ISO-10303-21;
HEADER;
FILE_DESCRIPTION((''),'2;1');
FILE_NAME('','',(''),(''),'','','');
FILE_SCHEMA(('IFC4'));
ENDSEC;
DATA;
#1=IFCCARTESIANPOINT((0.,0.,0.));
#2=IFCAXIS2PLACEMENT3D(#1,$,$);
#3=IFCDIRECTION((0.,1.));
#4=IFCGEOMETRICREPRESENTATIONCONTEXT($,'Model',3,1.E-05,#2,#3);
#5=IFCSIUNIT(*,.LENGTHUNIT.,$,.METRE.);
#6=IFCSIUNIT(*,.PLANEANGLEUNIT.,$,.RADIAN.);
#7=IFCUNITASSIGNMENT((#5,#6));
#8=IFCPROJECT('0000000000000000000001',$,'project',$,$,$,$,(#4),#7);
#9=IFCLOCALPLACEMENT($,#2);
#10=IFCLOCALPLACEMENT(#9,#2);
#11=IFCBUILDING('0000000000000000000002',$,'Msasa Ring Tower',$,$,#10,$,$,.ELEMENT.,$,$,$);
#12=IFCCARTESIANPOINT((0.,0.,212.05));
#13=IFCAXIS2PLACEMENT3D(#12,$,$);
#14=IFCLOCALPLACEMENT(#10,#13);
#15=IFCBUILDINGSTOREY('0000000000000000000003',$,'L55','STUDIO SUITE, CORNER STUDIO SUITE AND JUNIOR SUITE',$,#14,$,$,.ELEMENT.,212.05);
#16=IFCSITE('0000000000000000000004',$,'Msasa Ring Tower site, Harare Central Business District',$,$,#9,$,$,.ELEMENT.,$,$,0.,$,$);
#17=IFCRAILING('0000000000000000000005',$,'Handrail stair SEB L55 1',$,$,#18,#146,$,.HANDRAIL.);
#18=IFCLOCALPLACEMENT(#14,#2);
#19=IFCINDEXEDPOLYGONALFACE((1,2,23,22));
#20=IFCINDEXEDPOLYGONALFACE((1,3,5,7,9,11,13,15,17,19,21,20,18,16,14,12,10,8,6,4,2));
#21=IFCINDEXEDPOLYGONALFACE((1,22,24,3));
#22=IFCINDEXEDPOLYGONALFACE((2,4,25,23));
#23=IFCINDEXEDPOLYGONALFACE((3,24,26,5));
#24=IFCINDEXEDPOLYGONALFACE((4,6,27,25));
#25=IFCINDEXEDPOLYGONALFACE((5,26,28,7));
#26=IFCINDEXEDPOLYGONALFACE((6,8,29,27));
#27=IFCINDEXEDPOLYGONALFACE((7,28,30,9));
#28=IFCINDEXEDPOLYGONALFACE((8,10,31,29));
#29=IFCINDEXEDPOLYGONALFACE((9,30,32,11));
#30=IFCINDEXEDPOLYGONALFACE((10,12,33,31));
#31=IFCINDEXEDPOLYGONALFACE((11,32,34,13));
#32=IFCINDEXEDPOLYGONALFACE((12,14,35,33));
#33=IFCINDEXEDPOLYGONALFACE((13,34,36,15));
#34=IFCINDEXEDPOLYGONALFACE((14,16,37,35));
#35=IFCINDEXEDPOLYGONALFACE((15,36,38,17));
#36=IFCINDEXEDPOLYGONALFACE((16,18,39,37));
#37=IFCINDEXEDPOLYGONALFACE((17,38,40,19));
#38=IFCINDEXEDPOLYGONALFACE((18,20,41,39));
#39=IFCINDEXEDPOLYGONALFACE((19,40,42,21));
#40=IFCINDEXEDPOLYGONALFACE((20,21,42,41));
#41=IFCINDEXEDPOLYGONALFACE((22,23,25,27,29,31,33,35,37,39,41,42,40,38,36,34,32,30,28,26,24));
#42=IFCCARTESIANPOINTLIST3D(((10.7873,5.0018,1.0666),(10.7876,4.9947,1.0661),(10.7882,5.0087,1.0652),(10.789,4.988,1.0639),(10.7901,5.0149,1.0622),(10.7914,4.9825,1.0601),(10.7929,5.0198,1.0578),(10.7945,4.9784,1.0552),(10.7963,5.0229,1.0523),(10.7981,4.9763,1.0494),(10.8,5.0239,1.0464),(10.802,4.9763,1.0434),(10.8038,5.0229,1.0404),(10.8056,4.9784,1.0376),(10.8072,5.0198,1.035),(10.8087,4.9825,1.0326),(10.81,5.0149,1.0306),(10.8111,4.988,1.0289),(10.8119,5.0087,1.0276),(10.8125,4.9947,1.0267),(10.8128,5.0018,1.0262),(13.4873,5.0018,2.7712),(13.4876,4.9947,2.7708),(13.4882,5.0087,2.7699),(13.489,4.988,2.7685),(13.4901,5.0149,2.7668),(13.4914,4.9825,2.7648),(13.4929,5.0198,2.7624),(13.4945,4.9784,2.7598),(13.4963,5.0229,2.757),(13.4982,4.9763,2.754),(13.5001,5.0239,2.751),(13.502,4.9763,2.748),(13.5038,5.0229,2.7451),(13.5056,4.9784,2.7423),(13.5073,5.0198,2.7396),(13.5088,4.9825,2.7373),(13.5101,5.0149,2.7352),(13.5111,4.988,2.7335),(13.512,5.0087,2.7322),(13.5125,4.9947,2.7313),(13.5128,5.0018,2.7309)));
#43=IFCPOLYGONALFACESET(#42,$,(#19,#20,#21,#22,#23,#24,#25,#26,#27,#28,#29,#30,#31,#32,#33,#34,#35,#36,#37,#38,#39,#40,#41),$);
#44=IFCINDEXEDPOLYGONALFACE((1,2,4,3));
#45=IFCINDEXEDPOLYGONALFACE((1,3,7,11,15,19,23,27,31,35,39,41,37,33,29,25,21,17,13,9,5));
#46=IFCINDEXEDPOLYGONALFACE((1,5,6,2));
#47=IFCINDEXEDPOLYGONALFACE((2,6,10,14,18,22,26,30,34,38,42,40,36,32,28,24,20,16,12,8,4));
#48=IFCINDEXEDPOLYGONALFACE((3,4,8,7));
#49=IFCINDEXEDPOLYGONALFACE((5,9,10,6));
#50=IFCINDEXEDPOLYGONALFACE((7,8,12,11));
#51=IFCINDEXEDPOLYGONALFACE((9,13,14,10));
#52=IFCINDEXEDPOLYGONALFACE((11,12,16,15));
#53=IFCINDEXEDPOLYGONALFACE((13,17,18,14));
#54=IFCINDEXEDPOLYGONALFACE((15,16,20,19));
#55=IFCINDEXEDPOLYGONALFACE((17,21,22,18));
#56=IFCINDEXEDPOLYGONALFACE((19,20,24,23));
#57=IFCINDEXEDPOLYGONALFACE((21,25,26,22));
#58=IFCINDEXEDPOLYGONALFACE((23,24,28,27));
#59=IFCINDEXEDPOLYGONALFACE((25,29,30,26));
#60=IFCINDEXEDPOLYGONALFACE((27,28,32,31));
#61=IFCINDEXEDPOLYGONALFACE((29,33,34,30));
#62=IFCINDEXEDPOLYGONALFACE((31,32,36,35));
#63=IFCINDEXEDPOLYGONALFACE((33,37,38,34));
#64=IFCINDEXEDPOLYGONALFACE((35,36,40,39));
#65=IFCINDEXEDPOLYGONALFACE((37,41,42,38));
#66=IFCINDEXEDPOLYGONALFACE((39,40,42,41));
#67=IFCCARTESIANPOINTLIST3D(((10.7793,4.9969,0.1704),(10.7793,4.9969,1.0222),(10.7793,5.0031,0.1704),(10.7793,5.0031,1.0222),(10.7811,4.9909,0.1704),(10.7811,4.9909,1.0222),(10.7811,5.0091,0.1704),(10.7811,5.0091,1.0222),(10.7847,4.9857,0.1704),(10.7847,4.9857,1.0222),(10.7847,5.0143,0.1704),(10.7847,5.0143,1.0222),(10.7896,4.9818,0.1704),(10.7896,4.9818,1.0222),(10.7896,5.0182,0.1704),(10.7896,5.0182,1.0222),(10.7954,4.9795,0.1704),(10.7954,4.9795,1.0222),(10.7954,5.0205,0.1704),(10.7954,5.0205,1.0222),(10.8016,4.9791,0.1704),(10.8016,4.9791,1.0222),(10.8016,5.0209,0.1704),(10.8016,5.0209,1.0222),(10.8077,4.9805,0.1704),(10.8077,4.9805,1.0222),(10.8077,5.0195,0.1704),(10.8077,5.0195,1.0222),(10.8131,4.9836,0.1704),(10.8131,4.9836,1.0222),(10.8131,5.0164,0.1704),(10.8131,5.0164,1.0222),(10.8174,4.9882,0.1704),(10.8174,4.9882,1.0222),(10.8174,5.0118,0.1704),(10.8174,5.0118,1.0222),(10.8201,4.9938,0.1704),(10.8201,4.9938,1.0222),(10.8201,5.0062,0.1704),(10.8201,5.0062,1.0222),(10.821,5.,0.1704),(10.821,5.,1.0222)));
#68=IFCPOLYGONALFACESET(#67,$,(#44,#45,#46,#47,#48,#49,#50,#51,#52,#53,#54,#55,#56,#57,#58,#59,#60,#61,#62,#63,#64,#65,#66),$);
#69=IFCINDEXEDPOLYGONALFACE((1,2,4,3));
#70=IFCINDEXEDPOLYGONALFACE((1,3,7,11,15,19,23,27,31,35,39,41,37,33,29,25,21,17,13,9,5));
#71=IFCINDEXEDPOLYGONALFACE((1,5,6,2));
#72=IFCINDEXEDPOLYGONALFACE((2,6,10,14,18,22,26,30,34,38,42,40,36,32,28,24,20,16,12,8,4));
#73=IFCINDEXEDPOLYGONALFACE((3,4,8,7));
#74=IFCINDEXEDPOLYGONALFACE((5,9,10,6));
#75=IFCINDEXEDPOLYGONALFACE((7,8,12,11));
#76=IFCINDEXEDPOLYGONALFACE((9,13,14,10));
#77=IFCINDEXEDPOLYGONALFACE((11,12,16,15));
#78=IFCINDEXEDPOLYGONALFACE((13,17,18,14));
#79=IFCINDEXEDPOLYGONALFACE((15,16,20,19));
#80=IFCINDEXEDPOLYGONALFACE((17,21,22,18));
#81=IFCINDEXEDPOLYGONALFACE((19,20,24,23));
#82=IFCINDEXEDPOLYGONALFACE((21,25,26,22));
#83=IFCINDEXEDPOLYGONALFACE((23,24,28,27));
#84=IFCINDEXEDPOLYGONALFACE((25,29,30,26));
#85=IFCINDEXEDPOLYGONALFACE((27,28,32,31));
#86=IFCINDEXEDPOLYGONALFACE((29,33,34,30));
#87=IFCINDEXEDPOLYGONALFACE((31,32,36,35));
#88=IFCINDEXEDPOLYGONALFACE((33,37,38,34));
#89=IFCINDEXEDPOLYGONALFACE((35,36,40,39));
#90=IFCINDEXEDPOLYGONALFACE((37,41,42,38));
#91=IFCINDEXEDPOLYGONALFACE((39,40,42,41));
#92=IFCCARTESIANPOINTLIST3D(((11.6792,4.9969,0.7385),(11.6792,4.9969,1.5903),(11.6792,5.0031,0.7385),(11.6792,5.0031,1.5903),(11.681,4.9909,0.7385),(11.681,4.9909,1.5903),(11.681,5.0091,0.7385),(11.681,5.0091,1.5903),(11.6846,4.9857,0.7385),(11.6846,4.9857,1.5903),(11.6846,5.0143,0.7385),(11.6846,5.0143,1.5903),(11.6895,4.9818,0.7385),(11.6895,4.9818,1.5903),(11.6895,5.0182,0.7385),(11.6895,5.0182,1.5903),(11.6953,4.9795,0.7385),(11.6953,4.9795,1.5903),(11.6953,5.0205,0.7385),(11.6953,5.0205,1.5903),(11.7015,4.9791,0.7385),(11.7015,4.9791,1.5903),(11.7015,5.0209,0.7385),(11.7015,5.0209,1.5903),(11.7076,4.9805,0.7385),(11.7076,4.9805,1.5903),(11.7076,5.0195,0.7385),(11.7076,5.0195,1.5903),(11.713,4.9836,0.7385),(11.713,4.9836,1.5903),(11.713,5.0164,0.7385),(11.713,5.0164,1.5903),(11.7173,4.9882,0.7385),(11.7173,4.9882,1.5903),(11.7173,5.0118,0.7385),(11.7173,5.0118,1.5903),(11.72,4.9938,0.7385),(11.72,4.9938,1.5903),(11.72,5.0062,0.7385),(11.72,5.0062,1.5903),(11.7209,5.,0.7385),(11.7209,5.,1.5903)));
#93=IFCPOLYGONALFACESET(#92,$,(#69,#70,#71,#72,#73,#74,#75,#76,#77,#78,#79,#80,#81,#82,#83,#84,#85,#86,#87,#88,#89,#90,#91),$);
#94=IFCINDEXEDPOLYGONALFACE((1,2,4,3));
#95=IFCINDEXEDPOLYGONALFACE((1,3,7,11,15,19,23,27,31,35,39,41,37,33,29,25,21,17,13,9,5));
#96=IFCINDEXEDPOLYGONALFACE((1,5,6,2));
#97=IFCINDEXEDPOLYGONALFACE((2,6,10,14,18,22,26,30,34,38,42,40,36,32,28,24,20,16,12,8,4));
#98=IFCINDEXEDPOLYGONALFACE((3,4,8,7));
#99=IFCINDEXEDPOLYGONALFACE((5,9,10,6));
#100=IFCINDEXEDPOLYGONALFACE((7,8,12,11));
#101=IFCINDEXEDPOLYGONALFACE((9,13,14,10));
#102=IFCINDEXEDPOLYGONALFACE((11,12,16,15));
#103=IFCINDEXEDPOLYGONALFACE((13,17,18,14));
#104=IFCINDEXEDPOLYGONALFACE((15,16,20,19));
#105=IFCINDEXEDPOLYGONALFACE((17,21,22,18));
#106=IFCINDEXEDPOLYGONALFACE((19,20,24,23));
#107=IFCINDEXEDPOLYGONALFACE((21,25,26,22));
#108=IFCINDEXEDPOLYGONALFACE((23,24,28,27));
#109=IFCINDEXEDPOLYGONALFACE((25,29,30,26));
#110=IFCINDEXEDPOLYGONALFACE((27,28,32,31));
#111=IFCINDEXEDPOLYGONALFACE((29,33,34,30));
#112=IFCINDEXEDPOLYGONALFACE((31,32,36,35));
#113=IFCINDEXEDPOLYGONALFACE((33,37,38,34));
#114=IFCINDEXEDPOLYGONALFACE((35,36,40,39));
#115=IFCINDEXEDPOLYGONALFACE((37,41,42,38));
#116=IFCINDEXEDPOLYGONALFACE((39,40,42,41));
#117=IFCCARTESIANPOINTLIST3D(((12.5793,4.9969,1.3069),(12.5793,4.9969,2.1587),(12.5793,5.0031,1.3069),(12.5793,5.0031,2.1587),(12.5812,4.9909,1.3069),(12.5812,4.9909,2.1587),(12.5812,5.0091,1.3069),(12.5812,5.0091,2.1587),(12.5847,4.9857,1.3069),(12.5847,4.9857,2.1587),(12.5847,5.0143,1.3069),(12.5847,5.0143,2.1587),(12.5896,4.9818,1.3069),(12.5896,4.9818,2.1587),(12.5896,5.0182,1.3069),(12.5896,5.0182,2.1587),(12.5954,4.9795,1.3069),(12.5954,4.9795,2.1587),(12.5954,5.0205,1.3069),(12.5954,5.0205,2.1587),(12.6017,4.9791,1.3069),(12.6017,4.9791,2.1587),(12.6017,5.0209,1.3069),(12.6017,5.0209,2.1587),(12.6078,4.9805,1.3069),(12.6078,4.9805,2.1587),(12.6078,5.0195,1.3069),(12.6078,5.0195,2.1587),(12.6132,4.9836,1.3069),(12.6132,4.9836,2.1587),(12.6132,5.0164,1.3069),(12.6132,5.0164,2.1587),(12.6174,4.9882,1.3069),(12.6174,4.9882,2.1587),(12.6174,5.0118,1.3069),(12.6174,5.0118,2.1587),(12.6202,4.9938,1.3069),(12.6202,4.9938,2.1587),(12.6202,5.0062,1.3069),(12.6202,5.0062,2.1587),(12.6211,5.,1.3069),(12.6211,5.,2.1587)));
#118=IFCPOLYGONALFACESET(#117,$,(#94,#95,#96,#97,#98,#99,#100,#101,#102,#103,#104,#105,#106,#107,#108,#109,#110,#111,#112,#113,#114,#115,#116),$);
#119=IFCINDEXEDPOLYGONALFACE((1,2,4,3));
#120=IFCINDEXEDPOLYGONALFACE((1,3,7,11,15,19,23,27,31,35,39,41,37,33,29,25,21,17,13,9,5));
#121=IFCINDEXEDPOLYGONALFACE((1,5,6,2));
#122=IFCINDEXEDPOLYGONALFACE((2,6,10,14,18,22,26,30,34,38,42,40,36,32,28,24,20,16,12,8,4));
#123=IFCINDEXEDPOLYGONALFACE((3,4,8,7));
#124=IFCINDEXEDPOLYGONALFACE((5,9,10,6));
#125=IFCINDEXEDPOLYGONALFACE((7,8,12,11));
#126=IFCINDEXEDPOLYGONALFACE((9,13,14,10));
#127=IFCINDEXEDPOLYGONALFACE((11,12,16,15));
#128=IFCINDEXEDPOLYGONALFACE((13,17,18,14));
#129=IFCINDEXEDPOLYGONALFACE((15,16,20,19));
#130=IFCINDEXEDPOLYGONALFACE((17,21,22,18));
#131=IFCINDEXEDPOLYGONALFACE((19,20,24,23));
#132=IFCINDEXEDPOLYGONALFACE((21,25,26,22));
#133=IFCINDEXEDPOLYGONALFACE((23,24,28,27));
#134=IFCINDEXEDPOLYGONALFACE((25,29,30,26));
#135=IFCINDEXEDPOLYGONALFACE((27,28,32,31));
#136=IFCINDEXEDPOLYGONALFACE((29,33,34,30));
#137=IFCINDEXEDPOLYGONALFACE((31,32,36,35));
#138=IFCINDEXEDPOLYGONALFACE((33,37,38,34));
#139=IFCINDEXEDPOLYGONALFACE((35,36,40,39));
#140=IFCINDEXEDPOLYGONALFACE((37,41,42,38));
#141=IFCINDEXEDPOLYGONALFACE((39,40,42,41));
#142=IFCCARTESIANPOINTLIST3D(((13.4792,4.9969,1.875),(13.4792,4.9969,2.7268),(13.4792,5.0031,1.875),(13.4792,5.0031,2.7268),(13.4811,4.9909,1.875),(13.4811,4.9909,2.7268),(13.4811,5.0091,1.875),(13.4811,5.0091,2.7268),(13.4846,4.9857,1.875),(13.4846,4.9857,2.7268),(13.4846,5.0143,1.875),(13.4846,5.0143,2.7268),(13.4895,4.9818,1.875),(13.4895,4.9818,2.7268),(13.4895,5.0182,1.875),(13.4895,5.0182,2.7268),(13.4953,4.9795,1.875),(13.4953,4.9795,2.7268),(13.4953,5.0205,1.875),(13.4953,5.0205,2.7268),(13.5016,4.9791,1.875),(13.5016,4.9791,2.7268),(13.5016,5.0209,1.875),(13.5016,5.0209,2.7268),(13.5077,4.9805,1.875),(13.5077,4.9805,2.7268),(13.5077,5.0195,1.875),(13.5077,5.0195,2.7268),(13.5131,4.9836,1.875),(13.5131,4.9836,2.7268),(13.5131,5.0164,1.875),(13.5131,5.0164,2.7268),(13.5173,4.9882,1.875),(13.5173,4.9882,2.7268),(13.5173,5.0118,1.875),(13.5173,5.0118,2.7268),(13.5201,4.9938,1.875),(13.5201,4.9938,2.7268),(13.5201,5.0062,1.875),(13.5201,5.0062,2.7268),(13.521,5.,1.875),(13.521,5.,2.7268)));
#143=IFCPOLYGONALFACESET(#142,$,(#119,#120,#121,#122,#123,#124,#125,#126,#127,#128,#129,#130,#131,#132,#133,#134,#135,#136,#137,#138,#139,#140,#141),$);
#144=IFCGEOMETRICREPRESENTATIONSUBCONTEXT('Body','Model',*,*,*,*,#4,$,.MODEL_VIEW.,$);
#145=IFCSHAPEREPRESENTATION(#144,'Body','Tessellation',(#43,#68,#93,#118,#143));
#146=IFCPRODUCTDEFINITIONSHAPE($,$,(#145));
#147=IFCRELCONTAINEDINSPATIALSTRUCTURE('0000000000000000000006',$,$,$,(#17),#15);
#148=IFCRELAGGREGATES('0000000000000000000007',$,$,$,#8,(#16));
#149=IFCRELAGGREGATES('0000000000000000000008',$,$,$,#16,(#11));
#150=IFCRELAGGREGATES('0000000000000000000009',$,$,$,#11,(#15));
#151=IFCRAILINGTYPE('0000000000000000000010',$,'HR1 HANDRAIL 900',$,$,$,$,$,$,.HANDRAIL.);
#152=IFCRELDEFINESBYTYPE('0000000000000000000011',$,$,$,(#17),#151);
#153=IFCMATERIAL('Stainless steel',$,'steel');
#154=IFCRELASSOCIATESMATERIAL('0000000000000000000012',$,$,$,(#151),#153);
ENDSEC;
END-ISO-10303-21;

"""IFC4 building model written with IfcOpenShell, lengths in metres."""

from ifc_helpers import new_model, si_unit, direction, frame, origin, origin_2d, place, context, subcontext, project, spatial, circle, extrude, material, type_object, element, save


model = new_model("IFC4")

# Units and contexts
model_context = context("Model", 3, precision=1e-05, world=origin(), true_north=direction((0.0, 1.0)))
body_context = subcontext(model_context, "Body", "Model", "MODEL_VIEW")
ifc_project = project(units=[si_unit("LENGTHUNIT", "METRE"), si_unit("PLANEANGLEUNIT", "RADIAN")], contexts=[model_context])

# Site, building, storey
site_placement = place(None, origin())
site = spatial("IfcSite", under=ifc_project, at=site_placement, Name="Msasa Ring Tower site, Harare Central Business District", CompositionType="ELEMENT", RefElevation=0.0)
building_placement = place(site_placement, origin())
building = spatial("IfcBuilding", under=site, at=building_placement, Name="Msasa Ring Tower", CompositionType="ELEMENT")
storey_placement = place(building_placement, frame((0.0, 0.0, 212.05)))
storey = spatial("IfcBuildingStorey", under=building, at=storey_placement, Name="L55", Description="STUDIO SUITE, CORNER STUDIO SUITE AND JUNIOR SUITE", CompositionType="ELEMENT", Elevation=212.05)

# Railing
ifc_material_1 = material(Name="Stainless steel", Category="steel")
railing_type = type_object("IfcRailingType", Name="HR1 HANDRAIL 900", PredefinedType="HANDRAIL", material=ifc_material_1)
for number, where, name in (
    (1, (10.8, 5.0, 0.1704), "Handrail stair SEB L55 1"),
):
    element("IfcRailing", number, at=place(storey_placement, frame(where)), inside=storey, type_object=railing_type, Name=name, PredefinedType="HANDRAIL", context=body_context, shape_type="SweptSolid", body=[
        extrude(circle(Radius=0.0239, at=origin_2d()), frame((0.0, 0.0, 0.876), z_axis=(0.84558, 0.0, 0.533849), x_axis=(0.0, 1.0, 0.0)), (0.0, 0.0, 1.0), 3.1931),
        extrude(circle(Radius=0.021, at=origin_2d()), origin(), (0.0, 0.0, 1.0), 0.8518),
        extrude(circle(Radius=0.021, at=origin_2d()), frame((0.8999, 0.0, 0.5681)), (0.0, 0.0, 1.0), 0.8518),
        extrude(circle(Radius=0.021, at=origin_2d()), frame((1.8, 0.0, 1.1365)), (0.0, 0.0, 1.0), 0.8518),
        extrude(circle(Radius=0.021, at=origin_2d()), frame((2.7, 0.0, 1.7046)), (0.0, 0.0, 1.0), 0.8518),
    ])

save(model, "model.ifc")
